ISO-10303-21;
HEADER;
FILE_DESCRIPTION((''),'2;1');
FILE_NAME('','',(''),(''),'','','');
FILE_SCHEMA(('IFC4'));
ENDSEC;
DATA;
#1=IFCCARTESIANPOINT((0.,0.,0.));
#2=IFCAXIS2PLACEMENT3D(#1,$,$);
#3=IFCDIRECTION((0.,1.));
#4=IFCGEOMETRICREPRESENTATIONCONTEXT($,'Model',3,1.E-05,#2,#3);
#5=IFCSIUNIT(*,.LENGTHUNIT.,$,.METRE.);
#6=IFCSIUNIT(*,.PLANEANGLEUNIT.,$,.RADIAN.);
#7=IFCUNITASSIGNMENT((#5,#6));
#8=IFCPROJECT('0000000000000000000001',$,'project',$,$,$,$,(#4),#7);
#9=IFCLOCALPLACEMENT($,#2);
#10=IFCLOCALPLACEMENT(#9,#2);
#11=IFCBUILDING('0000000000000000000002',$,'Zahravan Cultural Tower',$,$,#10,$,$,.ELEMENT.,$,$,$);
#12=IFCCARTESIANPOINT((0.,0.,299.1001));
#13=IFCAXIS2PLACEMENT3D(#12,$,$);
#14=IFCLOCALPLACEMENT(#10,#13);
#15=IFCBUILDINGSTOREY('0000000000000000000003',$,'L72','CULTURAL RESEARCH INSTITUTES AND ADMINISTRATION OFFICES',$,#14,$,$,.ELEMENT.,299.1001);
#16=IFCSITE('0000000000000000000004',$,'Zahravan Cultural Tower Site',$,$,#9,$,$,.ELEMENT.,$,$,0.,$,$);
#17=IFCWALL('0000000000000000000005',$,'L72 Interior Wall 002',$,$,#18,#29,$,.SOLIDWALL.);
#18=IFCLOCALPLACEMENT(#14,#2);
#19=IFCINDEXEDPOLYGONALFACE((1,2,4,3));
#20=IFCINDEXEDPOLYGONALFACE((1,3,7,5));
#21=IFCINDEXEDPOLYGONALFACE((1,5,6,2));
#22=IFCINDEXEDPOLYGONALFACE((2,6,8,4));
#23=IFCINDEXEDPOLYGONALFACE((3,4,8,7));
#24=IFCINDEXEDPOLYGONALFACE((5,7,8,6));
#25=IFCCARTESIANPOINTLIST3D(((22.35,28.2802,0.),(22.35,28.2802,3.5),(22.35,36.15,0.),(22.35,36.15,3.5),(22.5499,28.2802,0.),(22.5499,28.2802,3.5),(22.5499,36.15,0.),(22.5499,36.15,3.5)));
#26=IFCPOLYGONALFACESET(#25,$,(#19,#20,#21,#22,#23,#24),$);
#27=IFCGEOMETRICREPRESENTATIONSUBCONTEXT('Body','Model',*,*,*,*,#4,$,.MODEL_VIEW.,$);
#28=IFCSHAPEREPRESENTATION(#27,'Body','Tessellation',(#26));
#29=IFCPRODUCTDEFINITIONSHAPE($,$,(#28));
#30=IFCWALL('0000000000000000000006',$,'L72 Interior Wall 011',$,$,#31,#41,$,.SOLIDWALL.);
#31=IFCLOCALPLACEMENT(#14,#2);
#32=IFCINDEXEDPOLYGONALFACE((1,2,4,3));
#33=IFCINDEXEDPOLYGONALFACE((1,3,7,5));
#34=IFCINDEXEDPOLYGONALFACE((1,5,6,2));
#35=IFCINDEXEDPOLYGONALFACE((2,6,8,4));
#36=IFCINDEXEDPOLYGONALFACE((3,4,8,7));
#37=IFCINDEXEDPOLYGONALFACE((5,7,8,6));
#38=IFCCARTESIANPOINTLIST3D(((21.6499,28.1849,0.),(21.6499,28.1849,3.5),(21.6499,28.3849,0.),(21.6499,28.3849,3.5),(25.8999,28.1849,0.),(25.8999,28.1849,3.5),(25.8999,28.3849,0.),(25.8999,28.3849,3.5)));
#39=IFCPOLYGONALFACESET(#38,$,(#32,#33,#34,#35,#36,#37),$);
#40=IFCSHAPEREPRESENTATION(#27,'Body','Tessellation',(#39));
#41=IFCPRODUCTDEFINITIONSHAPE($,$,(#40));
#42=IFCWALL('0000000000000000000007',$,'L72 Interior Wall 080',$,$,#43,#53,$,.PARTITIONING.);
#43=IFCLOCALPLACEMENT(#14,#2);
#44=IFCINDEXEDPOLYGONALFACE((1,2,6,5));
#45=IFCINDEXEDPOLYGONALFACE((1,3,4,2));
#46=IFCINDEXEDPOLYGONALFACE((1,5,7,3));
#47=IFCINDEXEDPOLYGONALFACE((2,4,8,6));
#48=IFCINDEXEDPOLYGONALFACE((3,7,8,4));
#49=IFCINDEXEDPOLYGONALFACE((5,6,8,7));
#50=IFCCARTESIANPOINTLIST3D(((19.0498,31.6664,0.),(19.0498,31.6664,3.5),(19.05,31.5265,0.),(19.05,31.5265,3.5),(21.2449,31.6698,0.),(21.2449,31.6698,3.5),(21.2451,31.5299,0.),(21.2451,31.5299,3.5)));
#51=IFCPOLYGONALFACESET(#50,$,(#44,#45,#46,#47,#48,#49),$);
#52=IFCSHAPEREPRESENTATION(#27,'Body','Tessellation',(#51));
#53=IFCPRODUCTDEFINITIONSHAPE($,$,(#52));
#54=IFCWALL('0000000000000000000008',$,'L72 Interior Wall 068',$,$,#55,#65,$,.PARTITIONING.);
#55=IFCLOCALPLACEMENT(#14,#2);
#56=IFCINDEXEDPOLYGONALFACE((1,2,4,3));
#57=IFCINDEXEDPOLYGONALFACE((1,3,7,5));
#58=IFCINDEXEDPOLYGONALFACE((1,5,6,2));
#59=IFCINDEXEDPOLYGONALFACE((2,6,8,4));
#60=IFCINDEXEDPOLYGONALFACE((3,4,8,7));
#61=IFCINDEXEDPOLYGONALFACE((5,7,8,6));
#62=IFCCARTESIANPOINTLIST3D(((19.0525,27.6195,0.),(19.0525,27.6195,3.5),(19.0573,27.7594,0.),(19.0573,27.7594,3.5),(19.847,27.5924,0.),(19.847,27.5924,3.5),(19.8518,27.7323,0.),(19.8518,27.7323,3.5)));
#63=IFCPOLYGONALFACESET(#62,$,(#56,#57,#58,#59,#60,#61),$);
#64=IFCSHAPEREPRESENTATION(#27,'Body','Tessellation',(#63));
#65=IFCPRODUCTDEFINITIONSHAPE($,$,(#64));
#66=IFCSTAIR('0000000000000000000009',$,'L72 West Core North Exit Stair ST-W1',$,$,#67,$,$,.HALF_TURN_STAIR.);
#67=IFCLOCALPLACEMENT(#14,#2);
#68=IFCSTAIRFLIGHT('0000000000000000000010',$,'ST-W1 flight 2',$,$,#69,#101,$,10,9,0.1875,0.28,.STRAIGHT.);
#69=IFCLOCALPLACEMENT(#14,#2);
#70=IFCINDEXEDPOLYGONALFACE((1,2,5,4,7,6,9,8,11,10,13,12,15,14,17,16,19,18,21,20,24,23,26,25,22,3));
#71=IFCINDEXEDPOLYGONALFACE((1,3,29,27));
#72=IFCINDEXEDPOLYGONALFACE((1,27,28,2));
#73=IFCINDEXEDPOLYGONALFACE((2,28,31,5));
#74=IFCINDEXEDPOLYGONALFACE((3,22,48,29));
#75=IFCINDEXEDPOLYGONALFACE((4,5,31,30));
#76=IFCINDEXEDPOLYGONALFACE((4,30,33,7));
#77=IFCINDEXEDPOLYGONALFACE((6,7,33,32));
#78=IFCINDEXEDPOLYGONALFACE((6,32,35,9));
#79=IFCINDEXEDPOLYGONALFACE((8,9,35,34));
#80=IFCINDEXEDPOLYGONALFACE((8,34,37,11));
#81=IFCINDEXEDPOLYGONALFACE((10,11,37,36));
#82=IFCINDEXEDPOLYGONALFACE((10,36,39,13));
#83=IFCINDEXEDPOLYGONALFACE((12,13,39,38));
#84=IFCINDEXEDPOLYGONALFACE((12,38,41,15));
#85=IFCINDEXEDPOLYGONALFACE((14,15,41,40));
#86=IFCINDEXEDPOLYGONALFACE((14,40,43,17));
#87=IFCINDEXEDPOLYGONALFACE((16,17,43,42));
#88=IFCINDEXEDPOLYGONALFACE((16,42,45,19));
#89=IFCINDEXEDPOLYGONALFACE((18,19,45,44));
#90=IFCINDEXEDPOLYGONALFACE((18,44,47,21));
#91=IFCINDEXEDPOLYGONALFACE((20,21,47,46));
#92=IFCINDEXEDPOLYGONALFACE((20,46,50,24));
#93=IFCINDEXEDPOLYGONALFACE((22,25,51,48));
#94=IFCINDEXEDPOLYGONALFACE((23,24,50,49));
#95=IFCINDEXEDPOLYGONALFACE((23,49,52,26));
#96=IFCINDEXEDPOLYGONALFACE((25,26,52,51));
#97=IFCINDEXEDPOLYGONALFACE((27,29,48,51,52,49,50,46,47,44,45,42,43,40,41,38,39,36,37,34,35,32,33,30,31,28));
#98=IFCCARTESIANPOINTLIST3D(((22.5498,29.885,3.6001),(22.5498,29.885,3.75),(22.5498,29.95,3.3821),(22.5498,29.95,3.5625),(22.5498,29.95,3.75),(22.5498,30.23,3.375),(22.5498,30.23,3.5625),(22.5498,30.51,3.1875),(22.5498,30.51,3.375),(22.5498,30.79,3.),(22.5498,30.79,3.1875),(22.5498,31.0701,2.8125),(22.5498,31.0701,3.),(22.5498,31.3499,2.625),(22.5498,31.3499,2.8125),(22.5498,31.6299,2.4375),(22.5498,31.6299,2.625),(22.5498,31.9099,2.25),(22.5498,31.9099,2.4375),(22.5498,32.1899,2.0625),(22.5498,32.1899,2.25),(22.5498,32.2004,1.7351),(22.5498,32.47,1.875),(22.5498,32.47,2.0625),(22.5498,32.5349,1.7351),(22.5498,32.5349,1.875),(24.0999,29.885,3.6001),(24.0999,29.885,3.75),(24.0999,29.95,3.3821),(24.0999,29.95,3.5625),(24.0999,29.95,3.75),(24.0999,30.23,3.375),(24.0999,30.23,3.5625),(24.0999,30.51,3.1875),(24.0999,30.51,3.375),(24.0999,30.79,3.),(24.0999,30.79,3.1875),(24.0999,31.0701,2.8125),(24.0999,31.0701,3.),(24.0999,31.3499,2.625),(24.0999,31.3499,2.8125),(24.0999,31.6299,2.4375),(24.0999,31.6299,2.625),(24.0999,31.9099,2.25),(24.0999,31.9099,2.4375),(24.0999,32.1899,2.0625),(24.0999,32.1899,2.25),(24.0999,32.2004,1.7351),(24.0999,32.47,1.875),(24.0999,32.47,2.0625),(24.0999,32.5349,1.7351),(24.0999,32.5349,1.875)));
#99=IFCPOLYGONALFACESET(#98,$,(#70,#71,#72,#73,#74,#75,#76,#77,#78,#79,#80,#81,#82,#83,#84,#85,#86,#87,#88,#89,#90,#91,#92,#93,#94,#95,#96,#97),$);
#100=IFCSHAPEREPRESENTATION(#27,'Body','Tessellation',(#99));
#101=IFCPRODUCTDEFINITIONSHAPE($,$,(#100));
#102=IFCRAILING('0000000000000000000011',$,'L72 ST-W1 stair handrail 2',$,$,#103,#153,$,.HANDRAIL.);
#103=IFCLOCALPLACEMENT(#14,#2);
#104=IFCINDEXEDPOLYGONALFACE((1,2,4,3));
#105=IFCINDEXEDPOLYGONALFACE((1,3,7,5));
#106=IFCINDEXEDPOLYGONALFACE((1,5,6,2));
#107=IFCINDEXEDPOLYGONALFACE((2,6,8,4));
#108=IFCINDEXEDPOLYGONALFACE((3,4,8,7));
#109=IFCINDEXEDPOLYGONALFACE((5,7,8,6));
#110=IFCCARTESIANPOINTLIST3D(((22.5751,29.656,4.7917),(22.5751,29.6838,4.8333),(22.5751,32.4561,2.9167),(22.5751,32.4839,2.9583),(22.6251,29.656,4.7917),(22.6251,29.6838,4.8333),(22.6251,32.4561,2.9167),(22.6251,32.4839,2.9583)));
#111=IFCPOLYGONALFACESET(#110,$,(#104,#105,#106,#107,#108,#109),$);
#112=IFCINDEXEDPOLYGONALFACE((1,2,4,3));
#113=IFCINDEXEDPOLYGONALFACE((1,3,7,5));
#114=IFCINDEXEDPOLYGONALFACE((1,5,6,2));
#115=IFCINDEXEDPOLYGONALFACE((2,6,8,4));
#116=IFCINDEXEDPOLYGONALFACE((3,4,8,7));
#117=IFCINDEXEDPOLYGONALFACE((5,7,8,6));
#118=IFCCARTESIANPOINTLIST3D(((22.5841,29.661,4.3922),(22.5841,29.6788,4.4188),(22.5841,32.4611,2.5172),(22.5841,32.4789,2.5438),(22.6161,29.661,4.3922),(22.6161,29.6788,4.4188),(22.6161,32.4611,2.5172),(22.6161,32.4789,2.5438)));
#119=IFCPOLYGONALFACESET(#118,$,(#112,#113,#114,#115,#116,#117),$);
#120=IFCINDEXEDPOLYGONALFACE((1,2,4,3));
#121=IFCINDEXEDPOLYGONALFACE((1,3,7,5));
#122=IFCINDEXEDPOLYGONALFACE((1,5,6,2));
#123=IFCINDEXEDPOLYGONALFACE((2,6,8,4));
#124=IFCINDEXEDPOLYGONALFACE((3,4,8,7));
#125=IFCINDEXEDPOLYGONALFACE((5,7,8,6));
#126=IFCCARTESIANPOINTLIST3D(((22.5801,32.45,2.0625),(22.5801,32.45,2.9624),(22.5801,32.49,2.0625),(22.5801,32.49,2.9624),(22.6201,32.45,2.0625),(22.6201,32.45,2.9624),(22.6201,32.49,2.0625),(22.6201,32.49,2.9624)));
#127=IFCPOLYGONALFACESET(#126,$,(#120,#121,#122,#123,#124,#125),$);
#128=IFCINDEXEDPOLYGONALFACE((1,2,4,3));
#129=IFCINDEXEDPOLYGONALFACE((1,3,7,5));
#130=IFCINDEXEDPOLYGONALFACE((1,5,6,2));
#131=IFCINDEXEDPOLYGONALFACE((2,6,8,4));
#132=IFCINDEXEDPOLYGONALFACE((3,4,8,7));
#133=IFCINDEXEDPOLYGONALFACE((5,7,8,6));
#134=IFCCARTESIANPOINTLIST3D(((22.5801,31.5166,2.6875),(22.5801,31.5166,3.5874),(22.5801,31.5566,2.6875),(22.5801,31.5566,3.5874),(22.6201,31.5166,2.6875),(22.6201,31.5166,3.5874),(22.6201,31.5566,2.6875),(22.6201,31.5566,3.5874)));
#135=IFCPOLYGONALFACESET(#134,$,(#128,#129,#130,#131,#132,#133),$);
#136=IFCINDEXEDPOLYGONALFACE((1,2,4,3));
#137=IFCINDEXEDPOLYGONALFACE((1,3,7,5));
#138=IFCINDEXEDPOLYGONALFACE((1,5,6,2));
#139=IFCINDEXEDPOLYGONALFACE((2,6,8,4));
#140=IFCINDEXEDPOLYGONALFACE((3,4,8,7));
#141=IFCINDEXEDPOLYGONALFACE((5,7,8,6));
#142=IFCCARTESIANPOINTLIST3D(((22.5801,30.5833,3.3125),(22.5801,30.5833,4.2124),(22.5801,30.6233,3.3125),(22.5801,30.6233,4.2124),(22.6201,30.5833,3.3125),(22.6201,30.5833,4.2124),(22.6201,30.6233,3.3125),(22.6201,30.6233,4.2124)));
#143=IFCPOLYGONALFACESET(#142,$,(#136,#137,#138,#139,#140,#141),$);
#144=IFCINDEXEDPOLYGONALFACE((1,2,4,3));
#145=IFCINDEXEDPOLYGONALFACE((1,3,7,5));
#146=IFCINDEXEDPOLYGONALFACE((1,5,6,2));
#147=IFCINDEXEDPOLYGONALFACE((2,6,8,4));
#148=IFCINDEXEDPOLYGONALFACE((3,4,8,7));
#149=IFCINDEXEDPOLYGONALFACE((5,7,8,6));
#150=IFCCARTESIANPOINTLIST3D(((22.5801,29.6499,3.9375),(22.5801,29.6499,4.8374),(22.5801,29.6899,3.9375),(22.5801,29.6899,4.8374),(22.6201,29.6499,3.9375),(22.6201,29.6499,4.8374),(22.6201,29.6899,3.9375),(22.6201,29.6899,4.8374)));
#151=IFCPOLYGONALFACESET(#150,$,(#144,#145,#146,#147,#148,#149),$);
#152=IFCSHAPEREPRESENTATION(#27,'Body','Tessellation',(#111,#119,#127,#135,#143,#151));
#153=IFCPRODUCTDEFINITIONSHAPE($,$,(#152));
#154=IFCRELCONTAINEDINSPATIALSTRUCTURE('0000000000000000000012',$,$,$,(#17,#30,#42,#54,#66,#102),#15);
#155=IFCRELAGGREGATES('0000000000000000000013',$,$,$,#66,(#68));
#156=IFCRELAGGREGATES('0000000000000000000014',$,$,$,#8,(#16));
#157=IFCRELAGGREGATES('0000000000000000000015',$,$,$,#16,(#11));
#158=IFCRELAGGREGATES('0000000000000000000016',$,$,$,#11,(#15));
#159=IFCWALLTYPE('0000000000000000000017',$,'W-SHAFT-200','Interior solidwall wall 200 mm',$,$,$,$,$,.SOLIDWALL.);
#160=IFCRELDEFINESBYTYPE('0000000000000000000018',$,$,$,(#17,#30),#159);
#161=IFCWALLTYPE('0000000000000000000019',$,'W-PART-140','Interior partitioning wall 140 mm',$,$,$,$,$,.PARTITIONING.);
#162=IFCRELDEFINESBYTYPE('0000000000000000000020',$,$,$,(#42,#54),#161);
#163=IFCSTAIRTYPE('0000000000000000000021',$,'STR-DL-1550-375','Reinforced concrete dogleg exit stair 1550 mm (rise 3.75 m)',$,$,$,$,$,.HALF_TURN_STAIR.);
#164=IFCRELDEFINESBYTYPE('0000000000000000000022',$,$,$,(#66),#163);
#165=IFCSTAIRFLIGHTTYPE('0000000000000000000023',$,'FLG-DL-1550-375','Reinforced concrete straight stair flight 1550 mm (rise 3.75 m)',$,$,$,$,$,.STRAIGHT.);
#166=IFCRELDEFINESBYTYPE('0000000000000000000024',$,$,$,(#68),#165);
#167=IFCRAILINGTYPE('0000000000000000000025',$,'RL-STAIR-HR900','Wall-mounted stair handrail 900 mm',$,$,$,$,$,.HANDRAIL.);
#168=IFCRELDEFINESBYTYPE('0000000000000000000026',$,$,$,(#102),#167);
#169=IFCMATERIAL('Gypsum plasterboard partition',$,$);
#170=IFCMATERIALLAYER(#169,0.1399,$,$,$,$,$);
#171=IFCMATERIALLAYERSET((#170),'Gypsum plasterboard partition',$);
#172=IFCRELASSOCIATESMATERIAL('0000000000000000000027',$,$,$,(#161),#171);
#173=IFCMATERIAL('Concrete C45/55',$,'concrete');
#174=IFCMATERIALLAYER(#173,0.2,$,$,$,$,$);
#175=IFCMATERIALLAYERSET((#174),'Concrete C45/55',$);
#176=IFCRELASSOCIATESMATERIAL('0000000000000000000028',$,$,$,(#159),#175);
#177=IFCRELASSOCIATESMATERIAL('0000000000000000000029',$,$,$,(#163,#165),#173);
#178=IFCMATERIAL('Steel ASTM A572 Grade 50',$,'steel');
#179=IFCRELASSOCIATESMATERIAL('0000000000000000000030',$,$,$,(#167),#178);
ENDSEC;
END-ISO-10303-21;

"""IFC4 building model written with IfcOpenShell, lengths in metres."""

from ifc_helpers import new_model, si_unit, direction, frame, frame_2d, origin, origin_2d, place, context, subcontext, project, spatial, polyline, rectangle, outline, extrude, source, transform, mapped, material, layer, layer_set, type_object, element, aggregate, save


model = new_model("IFC4")

# Units and contexts
model_context = context("Model", 3, precision=1e-05, world=origin(), true_north=direction((0.0, 1.0)))
body_context = subcontext(model_context, "Body", "Model", "MODEL_VIEW")
ifc_project = project(units=[si_unit("LENGTHUNIT", "METRE"), si_unit("PLANEANGLEUNIT", "RADIAN")], contexts=[model_context])

# Site, building, storey
site_placement = place(None, origin())
site = spatial("IfcSite", under=ifc_project, at=site_placement, Name="Zahravan Cultural Tower Site", CompositionType="ELEMENT", RefElevation=0.0)
building_placement = place(site_placement, origin())
building = spatial("IfcBuilding", under=site, at=building_placement, Name="Zahravan Cultural Tower", CompositionType="ELEMENT")
storey_placement = place(building_placement, frame((0.0, 0.0, 299.1001)))
storey = spatial("IfcBuildingStorey", under=building, at=storey_placement, Name="L72", Description="CULTURAL RESEARCH INSTITUTES AND ADMINISTRATION OFFICES", CompositionType="ELEMENT", Elevation=299.1001)

# Shared definitions
ifc_material_1 = material(Name="Gypsum plasterboard partition")
ifc_layer_1 = layer(ifc_material_1, 0.1399)
ifc_layer_set_1 = layer_set([ifc_layer_1], Name="Gypsum plasterboard partition")
wall_type_1 = type_object("IfcWallType", Name="W-PART-140", Description="Interior partitioning wall 140 mm", PredefinedType="PARTITIONING", material=ifc_layer_set_1)

# Walls
ifc_material_2 = material(Name="Concrete C45/55", Category="concrete")
ifc_layer_2 = layer(ifc_material_2, 0.2)
ifc_layer_set_2 = layer_set([ifc_layer_2], Name="Concrete C45/55")
wall_type_2 = type_object("IfcWallType", Name="W-SHAFT-200", Description="Interior solidwall wall 200 mm", PredefinedType="SOLIDWALL", material=ifc_layer_set_2)
shared_shape_1 = source(origin(), body_context, "Body", "SweptSolid", [
    extrude(rectangle(XDim=7.8699, YDim=0.2, at=frame_2d((3.9351, 0.0))), origin(), (0.0, 0.0, 1.0), 3.5),
])
wall_1_placement = place(storey_placement, frame((22.45, 28.28, 0.0), z_axis=(0.0, 0.0, 1.0), x_axis=(0.0, 1.0, 0.0)))
element("IfcWall", 1, at=wall_1_placement, inside=storey, type_object=wall_type_2, Name="L72 Interior Wall 002", PredefinedType="SOLIDWALL", context=body_context, shape_type="MappedRepresentation", body=[
    mapped(shared_shape_1, transform((0.0, 0.0, 0.0), x_axis=(1.0, 0.0, 0.0), y_axis=(0.0, 1.0, 0.0), z_axis=(0.0, 0.0, 1.0), scale=1.0)),
])
shared_shape_2 = source(origin(), body_context, "Body", "SweptSolid", [
    extrude(rectangle(XDim=4.25, YDim=0.2, at=frame_2d((2.125, 0.0))), origin(), (0.0, 0.0, 1.0), 3.5),
])
wall_2_placement = place(storey_placement, frame((21.6499, 28.2849, 0.0), z_axis=(0.0, 0.0, 1.0), x_axis=(1.0, 0.0, 0.0)))
element("IfcWall", 2, at=wall_2_placement, inside=storey, type_object=wall_type_2, Name="L72 Interior Wall 011", PredefinedType="SOLIDWALL", context=body_context, shape_type="MappedRepresentation", body=[
    mapped(shared_shape_2, transform((0.0, 0.0, 0.0), x_axis=(1.0, 0.0, 0.0), y_axis=(0.0, 1.0, 0.0), z_axis=(0.0, 0.0, 1.0), scale=1.0)),
])
shared_shape_3 = source(origin(), body_context, "Body", "SweptSolid", [
    extrude(rectangle(XDim=2.1951, YDim=0.1399, at=frame_2d((1.0977, 0.0))), origin(), (0.0, 0.0, 1.0), 3.5),
])
wall_3_placement = place(storey_placement, frame((21.2451, 31.5999, 0.0), z_axis=(0.0, 0.0, 1.0), x_axis=(-0.999999, -0.001557, 0.0)))
element("IfcWall", 3, at=wall_3_placement, inside=storey, type_object=wall_type_1, Name="L72 Interior Wall 080", PredefinedType="PARTITIONING", context=body_context, shape_type="MappedRepresentation", body=[
    mapped(shared_shape_3, transform((0.0, 0.0, 0.0), x_axis=(1.0, 0.0, 0.0), y_axis=(0.0, 1.0, 0.0), z_axis=(0.0, 0.0, 1.0), scale=1.0)),
])
shared_shape_4 = source(origin(), body_context, "Body", "SweptSolid", [
    extrude(rectangle(XDim=0.7949, YDim=0.1399, at=frame_2d((0.3975, 0.0))), origin(), (0.0, 0.0, 1.0), 3.5),
])
wall_4_placement = place(storey_placement, frame((19.0549, 27.6895, 0.0), z_axis=(0.0, 0.0, 1.0), x_axis=(0.999419, -0.034092, 0.0)))
element("IfcWall", 4, at=wall_4_placement, inside=storey, type_object=wall_type_1, Name="L72 Interior Wall 068", PredefinedType="PARTITIONING", context=body_context, shape_type="MappedRepresentation", body=[
    mapped(shared_shape_4, transform((0.0, 0.0, 0.0), x_axis=(1.0, 0.0, 0.0), y_axis=(0.0, 1.0, 0.0), z_axis=(0.0, 0.0, 1.0), scale=1.0)),
])

# Stair, stair flight
stair_type = type_object("IfcStairType", Name="STR-DL-1550-375", Description="Reinforced concrete dogleg exit stair 1550 mm (rise 3.75 m)", PredefinedType="HALF_TURN_STAIR", material=ifc_material_2)
stair_placement = place(storey_placement, origin())
stair = element("IfcStair", 5, at=stair_placement, inside=storey, type_object=stair_type, Name="L72 West Core North Exit Stair ST-W1", PredefinedType="HALF_TURN_STAIR")
stair_flight_type = type_object("IfcStairFlightType", Name="FLG-DL-1550-375", Description="Reinforced concrete straight stair flight 1550 mm (rise 3.75 m)", PredefinedType="STRAIGHT", material=ifc_material_2)
stair_flight_placement = place(storey_placement, frame((23.325, 32.47, 1.875), z_axis=(0.0, 0.0, 1.0), x_axis=(0.0, -1.0, 0.0)))
stair_flight = element("IfcStairFlight", 6, at=stair_flight_placement, type_object=stair_flight_type, Name="ST-W1 flight 2", NumberOfRisers=10, NumberOfTreads=9, PredefinedType="STRAIGHT", RiserHeight=0.1875, TreadLength=0.28, context=body_context, shape_type="SweptSolid", body=[
    extrude(outline(polyline([(-0.0649, -0.1399), (-0.0649, 0.0), (0.0, 0.0), (0.0, 0.1875), (0.28, 0.1875), (0.28, 0.375), (0.5601, 0.375), (0.5601, 0.5625), (0.8401, 0.5625), (0.8401, 0.75), (1.1201, 0.75), (1.1201, 0.9375), (1.3999, 0.9375), (1.3999, 1.125), (1.6799, 1.125), (1.6799, 1.3125), (1.96, 1.3125), (1.96, 1.5), (2.24, 1.5), (2.24, 1.6875), (2.52, 1.6875), (2.52, 1.875), (2.585, 1.875), (2.585, 1.7251), (2.52, 1.5071), (0.2695, -0.1399), (-0.0649, -0.1399)])), frame((0.0, 0.7749, 0.0), z_axis=(0.0, -1.0, 0.0), x_axis=(1.0, 0.0, 0.0)), (0.0, 0.0, 1.0), 1.55),
])
aggregate(stair, [stair_flight])

# Railing
ifc_material_3 = material(Name="Steel ASTM A572 Grade 50", Category="steel")
railing_type = type_object("IfcRailingType", Name="RL-STAIR-HR900", Description="Wall-mounted stair handrail 900 mm", PredefinedType="HANDRAIL", material=ifc_material_3)
railing_placement = place(storey_placement, frame((22.6001, 32.47, 2.0625)))
element("IfcRailing", 7, at=railing_placement, inside=storey, type_object=railing_type, Name="L72 ST-W1 stair handrail 2", PredefinedType="HANDRAIL", context=body_context, shape_type="SweptSolid", body=[
    extrude(rectangle(XDim=0.05, YDim=0.05, at=origin_2d()), frame((0.0, 0.0, 0.875), z_axis=(0.0, -0.830912, 0.556404), x_axis=(1.0, 0.0, 0.0)), (0.0, 0.0, 1.0), 3.3699),
    extrude(rectangle(XDim=0.032, YDim=0.032, at=origin_2d()), frame((0.0, 0.0, 0.468), z_axis=(0.0, -0.830912, 0.556404), x_axis=(1.0, 0.0, 0.0)), (0.0, 0.0, 1.0), 3.3699),
    extrude(rectangle(XDim=0.04, YDim=0.04, at=origin_2d()), origin(), (0.0, 0.0, 1.0), 0.8999),
    extrude(rectangle(XDim=0.04, YDim=0.04, at=origin_2d()), frame((0.0, -0.9333, 0.625)), (0.0, 0.0, 1.0), 0.8999),
    extrude(rectangle(XDim=0.04, YDim=0.04, at=origin_2d()), frame((0.0, -1.8667, 1.25)), (0.0, 0.0, 1.0), 0.8999),
    extrude(rectangle(XDim=0.04, YDim=0.04, at=origin_2d()), frame((0.0, -2.8, 1.875)), (0.0, 0.0, 1.0), 0.8999),
])

save(model, "model.ifc")
